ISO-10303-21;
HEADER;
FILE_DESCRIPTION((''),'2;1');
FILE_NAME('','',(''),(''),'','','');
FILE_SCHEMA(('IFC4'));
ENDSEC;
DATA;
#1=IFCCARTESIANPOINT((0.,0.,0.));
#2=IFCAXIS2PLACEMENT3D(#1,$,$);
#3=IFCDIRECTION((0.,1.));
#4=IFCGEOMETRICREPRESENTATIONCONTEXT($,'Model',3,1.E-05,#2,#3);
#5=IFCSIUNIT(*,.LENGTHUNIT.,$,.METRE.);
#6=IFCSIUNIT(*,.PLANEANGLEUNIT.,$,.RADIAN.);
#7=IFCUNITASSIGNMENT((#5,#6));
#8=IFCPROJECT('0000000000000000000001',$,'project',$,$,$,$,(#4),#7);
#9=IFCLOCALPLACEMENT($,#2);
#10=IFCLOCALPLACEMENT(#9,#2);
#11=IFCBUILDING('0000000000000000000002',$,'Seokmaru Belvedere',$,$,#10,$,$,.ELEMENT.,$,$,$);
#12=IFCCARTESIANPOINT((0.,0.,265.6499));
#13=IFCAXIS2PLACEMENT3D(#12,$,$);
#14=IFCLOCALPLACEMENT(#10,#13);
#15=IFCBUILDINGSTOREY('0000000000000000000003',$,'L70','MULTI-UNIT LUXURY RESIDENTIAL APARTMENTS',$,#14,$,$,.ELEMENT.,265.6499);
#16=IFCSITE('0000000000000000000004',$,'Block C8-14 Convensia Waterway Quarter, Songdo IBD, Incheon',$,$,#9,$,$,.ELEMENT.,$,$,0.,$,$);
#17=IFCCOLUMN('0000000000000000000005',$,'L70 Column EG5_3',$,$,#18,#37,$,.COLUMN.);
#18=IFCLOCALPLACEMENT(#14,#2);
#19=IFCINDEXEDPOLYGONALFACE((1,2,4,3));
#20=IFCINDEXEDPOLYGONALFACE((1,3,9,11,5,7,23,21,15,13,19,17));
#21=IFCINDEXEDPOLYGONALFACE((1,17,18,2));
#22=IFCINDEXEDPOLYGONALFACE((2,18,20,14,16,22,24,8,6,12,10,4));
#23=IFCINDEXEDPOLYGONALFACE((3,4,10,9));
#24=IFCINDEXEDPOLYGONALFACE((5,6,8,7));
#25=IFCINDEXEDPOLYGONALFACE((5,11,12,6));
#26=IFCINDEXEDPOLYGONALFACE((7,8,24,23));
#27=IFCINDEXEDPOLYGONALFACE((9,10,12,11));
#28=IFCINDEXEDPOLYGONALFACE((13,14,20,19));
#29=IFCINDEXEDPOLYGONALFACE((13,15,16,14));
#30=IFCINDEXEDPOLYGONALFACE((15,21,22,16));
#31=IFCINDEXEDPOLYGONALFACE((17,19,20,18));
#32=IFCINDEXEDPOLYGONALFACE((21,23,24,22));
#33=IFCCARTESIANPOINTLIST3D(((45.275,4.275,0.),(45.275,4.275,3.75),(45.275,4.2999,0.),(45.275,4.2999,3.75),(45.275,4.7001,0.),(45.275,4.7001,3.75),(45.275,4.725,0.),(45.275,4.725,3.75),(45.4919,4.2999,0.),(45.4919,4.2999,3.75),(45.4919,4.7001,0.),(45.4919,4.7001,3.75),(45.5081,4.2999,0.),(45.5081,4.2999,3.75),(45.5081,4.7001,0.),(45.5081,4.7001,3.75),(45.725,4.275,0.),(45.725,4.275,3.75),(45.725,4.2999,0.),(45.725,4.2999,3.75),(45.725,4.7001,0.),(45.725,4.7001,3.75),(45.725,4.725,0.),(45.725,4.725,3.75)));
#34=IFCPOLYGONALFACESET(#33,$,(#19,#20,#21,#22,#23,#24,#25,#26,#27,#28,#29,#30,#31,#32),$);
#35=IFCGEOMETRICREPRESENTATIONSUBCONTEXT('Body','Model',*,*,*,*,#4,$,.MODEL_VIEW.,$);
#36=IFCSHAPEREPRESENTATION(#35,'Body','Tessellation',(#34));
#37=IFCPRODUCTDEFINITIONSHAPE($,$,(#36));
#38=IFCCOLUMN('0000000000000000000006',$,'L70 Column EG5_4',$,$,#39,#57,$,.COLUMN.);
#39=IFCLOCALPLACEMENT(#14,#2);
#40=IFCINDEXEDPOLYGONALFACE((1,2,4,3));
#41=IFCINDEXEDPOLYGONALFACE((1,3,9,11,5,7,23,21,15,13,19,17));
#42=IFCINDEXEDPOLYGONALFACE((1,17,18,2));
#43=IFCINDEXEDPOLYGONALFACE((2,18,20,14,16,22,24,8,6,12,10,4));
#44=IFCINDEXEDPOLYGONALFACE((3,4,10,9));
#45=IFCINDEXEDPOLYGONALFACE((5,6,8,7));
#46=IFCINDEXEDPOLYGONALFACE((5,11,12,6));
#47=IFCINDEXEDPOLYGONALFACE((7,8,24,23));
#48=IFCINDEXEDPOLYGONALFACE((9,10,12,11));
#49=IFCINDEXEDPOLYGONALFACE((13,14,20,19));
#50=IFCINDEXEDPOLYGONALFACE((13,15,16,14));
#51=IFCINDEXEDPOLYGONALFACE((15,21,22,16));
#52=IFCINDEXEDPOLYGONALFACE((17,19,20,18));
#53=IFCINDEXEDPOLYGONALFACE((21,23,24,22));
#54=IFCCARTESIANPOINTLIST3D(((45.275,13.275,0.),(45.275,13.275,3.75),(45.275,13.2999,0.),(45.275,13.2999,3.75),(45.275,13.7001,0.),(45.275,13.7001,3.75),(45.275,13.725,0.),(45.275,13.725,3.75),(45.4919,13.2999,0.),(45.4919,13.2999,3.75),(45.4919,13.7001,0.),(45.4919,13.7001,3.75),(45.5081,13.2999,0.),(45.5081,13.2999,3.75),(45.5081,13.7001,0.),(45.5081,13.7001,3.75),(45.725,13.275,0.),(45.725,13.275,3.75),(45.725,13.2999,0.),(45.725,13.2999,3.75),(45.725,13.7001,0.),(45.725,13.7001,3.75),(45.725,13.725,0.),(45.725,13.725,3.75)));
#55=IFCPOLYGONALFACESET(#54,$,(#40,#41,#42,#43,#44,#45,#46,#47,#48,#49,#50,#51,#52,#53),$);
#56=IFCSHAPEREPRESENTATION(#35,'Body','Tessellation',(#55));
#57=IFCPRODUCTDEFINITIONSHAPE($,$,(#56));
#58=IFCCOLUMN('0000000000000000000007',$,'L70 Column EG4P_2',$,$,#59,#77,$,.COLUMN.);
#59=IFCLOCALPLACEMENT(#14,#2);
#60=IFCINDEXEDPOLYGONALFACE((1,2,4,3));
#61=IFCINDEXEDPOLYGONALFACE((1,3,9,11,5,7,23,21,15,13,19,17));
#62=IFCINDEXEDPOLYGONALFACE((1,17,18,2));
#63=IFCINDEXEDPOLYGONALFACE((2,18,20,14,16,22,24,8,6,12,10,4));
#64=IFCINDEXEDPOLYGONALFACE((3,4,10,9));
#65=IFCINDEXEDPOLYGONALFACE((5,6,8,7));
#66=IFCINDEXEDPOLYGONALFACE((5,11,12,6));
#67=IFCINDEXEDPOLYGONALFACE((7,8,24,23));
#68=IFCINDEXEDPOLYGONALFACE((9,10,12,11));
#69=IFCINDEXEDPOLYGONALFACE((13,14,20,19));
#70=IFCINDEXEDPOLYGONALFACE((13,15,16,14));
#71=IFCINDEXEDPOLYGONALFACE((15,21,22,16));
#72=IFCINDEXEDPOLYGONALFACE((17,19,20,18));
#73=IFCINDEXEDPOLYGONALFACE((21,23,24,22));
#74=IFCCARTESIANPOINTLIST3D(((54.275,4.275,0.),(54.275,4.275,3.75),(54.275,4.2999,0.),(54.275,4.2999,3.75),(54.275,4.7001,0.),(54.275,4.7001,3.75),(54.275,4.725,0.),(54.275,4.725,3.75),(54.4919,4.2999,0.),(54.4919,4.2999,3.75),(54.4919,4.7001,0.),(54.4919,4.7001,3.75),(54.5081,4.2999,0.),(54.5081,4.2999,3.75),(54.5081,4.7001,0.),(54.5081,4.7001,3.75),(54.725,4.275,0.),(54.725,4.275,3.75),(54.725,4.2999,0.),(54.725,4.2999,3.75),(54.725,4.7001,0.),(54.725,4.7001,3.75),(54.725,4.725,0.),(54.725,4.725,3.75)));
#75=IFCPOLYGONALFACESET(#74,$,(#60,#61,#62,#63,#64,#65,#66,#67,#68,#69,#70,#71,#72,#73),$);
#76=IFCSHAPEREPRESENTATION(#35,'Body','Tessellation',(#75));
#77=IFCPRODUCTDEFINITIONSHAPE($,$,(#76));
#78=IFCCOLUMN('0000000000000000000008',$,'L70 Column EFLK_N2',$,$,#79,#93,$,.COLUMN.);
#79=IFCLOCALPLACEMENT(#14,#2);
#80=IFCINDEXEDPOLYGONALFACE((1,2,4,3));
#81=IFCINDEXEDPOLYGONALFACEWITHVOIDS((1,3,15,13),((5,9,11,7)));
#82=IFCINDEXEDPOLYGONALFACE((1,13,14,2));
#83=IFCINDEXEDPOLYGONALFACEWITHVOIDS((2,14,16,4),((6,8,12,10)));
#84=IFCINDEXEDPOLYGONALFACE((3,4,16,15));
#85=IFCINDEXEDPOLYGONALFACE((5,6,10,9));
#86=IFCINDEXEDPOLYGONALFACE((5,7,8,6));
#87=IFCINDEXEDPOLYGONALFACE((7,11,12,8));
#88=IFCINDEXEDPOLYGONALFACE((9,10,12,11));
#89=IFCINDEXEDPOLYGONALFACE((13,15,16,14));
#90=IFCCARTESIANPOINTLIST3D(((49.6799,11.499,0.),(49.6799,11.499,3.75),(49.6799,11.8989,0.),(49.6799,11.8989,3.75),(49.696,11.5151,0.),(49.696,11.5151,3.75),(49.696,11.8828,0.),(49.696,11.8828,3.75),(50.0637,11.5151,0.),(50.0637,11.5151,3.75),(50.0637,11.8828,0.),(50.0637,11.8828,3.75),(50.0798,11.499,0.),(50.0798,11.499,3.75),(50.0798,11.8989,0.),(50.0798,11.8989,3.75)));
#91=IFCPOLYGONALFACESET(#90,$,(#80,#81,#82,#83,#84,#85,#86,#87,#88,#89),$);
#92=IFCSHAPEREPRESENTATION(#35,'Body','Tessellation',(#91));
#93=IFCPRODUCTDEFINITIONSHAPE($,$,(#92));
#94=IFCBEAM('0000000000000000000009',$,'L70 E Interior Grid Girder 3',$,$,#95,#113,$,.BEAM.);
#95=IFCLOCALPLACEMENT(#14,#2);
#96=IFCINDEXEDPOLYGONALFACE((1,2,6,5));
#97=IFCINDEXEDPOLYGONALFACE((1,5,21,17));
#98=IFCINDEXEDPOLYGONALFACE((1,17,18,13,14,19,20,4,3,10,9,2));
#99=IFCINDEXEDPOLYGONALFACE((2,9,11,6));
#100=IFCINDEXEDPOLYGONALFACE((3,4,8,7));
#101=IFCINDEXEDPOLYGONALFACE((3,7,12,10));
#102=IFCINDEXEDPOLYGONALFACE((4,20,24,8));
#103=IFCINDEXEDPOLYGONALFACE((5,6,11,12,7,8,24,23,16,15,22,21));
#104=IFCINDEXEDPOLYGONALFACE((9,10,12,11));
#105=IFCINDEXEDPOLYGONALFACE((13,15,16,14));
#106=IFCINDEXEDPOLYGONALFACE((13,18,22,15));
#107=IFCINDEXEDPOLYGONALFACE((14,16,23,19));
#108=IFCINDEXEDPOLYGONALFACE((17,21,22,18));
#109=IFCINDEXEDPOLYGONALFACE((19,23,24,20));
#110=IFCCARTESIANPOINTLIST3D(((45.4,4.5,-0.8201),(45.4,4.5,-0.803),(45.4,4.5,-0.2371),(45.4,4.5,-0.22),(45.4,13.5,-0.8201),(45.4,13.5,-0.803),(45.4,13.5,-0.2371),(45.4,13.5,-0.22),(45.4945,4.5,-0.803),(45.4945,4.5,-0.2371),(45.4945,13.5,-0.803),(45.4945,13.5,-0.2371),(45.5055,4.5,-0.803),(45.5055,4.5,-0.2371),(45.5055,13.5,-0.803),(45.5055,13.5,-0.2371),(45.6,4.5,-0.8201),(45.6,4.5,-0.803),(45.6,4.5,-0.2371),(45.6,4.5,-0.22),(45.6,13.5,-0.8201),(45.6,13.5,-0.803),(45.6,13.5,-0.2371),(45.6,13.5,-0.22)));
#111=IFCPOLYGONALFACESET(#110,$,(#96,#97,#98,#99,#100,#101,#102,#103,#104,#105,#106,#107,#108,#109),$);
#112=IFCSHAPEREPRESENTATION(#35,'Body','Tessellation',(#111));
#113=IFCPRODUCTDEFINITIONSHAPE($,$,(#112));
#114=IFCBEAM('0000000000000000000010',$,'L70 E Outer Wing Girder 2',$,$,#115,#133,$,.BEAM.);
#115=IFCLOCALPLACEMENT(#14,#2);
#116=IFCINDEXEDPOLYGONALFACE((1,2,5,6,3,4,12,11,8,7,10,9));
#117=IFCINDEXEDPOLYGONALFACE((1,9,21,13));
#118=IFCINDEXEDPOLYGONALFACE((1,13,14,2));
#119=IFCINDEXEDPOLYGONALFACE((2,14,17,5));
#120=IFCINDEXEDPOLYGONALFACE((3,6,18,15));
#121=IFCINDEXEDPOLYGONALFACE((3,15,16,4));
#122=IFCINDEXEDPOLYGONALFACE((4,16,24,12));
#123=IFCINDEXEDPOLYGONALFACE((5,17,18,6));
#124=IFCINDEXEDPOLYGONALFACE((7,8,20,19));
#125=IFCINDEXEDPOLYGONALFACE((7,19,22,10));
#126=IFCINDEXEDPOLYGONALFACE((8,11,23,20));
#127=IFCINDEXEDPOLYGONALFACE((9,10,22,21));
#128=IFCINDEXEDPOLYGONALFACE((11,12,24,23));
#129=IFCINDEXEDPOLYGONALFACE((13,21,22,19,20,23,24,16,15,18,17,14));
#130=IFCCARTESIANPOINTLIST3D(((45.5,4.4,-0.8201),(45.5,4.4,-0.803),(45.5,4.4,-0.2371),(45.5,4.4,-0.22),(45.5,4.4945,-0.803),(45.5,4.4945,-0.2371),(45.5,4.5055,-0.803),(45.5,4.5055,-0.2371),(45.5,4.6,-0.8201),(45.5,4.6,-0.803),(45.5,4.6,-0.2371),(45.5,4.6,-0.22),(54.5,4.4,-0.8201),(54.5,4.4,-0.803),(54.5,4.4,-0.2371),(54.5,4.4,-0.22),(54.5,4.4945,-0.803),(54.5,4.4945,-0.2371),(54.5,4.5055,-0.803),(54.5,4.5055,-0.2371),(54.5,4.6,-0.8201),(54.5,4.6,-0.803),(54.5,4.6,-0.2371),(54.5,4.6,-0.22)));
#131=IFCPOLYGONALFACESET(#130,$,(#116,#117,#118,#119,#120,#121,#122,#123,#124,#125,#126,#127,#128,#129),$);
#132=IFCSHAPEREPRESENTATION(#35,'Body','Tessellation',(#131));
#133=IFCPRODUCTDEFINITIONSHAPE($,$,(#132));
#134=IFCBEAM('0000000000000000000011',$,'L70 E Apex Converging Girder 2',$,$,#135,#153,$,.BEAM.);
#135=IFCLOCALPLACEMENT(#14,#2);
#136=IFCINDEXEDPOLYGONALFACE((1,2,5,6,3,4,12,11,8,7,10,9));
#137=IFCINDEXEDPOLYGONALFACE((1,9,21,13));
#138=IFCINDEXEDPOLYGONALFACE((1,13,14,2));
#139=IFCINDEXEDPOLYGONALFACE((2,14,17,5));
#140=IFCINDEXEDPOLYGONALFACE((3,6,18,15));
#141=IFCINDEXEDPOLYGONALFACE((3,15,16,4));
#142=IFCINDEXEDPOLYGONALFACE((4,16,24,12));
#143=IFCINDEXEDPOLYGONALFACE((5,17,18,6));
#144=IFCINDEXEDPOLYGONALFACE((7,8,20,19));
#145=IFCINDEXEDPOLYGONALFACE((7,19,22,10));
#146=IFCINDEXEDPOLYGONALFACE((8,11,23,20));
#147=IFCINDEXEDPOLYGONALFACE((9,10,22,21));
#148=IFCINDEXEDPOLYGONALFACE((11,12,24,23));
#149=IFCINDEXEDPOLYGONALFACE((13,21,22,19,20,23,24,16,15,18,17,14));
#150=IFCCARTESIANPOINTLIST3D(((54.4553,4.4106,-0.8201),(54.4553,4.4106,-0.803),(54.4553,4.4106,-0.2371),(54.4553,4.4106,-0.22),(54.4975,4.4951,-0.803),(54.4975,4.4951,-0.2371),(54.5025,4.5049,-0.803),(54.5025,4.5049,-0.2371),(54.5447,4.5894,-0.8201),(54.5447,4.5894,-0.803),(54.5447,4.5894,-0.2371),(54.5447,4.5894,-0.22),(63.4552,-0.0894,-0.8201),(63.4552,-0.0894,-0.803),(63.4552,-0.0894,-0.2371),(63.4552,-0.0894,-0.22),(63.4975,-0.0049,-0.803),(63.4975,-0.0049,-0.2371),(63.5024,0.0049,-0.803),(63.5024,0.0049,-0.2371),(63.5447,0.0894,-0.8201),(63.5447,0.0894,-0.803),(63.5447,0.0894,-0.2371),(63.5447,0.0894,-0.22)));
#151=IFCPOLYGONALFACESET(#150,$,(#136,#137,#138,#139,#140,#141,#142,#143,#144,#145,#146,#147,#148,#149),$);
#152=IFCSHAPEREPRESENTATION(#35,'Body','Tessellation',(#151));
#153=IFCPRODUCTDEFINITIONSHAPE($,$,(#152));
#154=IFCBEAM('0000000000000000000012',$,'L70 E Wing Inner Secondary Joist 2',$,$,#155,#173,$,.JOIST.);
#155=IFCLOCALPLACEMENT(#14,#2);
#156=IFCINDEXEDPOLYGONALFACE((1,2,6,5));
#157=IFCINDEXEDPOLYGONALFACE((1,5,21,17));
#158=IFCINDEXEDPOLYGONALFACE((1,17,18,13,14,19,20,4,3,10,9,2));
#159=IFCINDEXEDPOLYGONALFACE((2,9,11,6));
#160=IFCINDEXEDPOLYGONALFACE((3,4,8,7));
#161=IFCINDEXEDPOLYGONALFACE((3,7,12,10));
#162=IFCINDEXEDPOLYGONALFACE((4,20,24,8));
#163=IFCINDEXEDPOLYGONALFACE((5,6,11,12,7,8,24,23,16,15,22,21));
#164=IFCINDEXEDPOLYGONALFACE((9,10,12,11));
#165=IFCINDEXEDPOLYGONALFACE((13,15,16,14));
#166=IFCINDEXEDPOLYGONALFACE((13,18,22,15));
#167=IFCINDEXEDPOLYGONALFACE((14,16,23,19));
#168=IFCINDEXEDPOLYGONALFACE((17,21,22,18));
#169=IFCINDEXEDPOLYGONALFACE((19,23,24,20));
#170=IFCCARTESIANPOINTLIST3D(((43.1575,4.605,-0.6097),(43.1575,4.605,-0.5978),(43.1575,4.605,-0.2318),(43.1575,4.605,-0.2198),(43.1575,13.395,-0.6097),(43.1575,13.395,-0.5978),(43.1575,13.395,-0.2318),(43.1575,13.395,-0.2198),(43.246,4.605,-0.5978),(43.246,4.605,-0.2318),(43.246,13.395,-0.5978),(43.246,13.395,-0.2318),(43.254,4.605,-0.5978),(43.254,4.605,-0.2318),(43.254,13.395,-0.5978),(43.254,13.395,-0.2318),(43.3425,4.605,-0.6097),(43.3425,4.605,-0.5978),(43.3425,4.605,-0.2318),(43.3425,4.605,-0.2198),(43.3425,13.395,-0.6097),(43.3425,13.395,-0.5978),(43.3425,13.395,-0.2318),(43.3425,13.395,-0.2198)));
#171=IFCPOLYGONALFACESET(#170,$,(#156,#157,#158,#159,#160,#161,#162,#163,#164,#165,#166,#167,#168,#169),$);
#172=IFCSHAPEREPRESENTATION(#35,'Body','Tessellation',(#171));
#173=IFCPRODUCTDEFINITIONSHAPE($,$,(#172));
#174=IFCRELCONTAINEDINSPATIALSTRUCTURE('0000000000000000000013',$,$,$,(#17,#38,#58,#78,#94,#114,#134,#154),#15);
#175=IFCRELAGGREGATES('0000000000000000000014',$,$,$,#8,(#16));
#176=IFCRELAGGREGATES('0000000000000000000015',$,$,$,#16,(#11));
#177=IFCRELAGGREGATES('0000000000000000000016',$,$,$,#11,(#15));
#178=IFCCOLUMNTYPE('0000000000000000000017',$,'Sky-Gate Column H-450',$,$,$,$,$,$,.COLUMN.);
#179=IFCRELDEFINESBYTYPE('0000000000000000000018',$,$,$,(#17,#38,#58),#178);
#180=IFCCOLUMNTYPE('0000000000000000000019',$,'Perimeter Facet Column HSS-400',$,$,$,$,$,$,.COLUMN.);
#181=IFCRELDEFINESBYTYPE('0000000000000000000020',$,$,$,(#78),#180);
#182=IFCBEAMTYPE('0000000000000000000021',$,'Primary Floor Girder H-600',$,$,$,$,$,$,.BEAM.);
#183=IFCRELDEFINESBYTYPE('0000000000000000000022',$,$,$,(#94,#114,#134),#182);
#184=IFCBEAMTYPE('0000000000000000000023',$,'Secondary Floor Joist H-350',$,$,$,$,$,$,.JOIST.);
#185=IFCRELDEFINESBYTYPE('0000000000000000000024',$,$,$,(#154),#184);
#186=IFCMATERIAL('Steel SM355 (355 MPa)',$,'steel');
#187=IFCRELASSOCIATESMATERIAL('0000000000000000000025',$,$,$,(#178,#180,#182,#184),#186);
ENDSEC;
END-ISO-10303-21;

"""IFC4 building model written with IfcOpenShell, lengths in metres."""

from ifc_helpers import new_model, si_unit, direction, frame, origin, origin_2d, place, context, subcontext, project, spatial, hollow_rectangle, i_section, extrude, source, transform, mapped, material, material_profile, profile_set, type_object, type_shapes, element, save


model = new_model("IFC4")

# Units and contexts
model_context = context("Model", 3, precision=1e-05, world=origin(), true_north=direction((0.0, 1.0)))
body_context = subcontext(model_context, "Body", "Model", "MODEL_VIEW")
ifc_project = project(units=[si_unit("LENGTHUNIT", "METRE"), si_unit("PLANEANGLEUNIT", "RADIAN")], contexts=[model_context])

# Site, building, storey
site_placement = place(None, origin())
site = spatial("IfcSite", under=ifc_project, at=site_placement, Name="Block C8-14 Convensia Waterway Quarter, Songdo IBD, Incheon", CompositionType="ELEMENT", RefElevation=0.0)
building_placement = place(site_placement, origin())
building = spatial("IfcBuilding", under=site, at=building_placement, Name="Seokmaru Belvedere", CompositionType="ELEMENT")
storey_placement = place(building_placement, frame((0.0, 0.0, 265.6499)))
storey = spatial("IfcBuildingStorey", under=building, at=storey_placement, Name="L70", Description="MULTI-UNIT LUXURY RESIDENTIAL APARTMENTS", CompositionType="ELEMENT", Elevation=265.6499)

# Columns
ifc_material_1 = material(Name="Steel SM355 (355 MPa)", Category="steel")
ifc_material_profile_1 = material_profile(ifc_material_1, i_section(OverallWidth=0.45, OverallDepth=0.45, WebThickness=0.0161, FlangeThickness=0.0249, at=origin_2d()), Name="H-450x450x16x25")
ifc_profile_set_1 = profile_set([ifc_material_profile_1], Name="Steel SM355 (355 MPa)")
column_type_1 = type_object("IfcColumnType", Name="Sky-Gate Column H-450", PredefinedType="COLUMN", material=ifc_profile_set_1)
shared_shape_1 = source(origin(), body_context, "Body", "SweptSolid", [
    extrude(i_section(OverallWidth=0.45, OverallDepth=0.45, WebThickness=0.0161, FlangeThickness=0.0249, at=origin_2d()), origin(), (0.0, 0.0, 1.0), 3.75),
])
type_shapes(column_type_1, [shared_shape_1])
for number, where, z_axis, x_axis, name in (
    (1, (45.5, 4.5, 0.0), (0.0, 0.0, 1.0), (1.0, 0.0, 0.0), "L70 Column EG5_3"),
    (2, (45.5, 13.5, 0.0), (0.0, 0.0, 1.0), (1.0, 0.0, 0.0), "L70 Column EG5_4"),
    (3, (54.5, 4.5, 0.0), (0.0, 0.0, 1.0), (1.0, 0.0, 0.0), "L70 Column EG4P_2"),
):
    element("IfcColumn", number, at=place(storey_placement, frame(where, z_axis=z_axis, x_axis=x_axis)), inside=storey, type_object=column_type_1, Name=name, PredefinedType="COLUMN", context=body_context, shape_type="MappedRepresentation", body=[
        mapped(shared_shape_1, transform((0.0, 0.0, 0.0), scale=1.0)),
    ])
ifc_material_profile_2 = material_profile(ifc_material_1, hollow_rectangle(XDim=0.3999, YDim=0.3999, WallThickness=0.0161, at=origin_2d()), Name="HSS-400x400x16")
ifc_profile_set_2 = profile_set([ifc_material_profile_2], Name="Steel SM355 (355 MPa)")
column_type_2 = type_object("IfcColumnType", Name="Perimeter Facet Column HSS-400", PredefinedType="COLUMN", material=ifc_profile_set_2)
shared_shape_2 = source(origin(), body_context, "Body", "SweptSolid", [
    extrude(hollow_rectangle(XDim=0.3999, YDim=0.3999, WallThickness=0.0161, at=origin_2d()), origin(), (0.0, 0.0, 1.0), 3.75),
])
type_shapes(column_type_2, [shared_shape_2])
column_placement = place(storey_placement, frame((49.8799, 11.699, 0.0), z_axis=(0.0, 0.0, 1.0), x_axis=(1.0, 0.0, 0.0)))
element("IfcColumn", 4, at=column_placement, inside=storey, type_object=column_type_2, Name="L70 Column EFLK_N2", PredefinedType="COLUMN", context=body_context, shape_type="MappedRepresentation", body=[
    mapped(shared_shape_2, transform((0.0, 0.0, 0.0), scale=1.0)),
])

# Beams
ifc_material_profile_3 = material_profile(ifc_material_1, i_section(OverallWidth=0.2, OverallDepth=0.6001, WebThickness=0.011, FlangeThickness=0.0171, at=origin_2d()), Name="H-600x200x11x17")
ifc_profile_set_3 = profile_set([ifc_material_profile_3], Name="Steel SM355 (355 MPa)")
beam_type_1 = type_object("IfcBeamType", Name="Primary Floor Girder H-600", PredefinedType="BEAM", material=ifc_profile_set_3)
shared_shape_3 = source(origin(), body_context, "Body", "SweptSolid", [
    extrude(i_section(OverallWidth=0.2, OverallDepth=0.6001, WebThickness=0.011, FlangeThickness=0.0171, at=origin_2d()), origin(), (0.0, 0.0, 1.0), 9.0),
])
for number, where, z_axis, x_axis, name in (
    (5, (45.5, 4.5, -0.52), (0.0, 1.0, 0.0), (-1.0, 0.0, 0.0), "L70 E Interior Grid Girder 3"),
    (6, (45.5, 4.5, -0.52), (1.0, 0.0, 0.0), (0.0, 1.0, 0.0), "L70 E Outer Wing Girder 2"),
):
    element("IfcBeam", number, at=place(storey_placement, frame(where, z_axis=z_axis, x_axis=x_axis)), inside=storey, type_object=beam_type_1, Name=name, PredefinedType="BEAM", context=body_context, shape_type="MappedRepresentation", body=[
        mapped(shared_shape_3, transform((0.0, 0.0, 0.0), scale=1.0)),
    ])
shared_shape_4 = source(origin(), body_context, "Body", "SweptSolid", [
    extrude(i_section(OverallWidth=0.2, OverallDepth=0.6001, WebThickness=0.011, FlangeThickness=0.0171, at=origin_2d()), origin(), (0.0, 0.0, 1.0), 10.0623),
])
beam_1_placement = place(storey_placement, frame((54.5, 4.5, -0.52), z_axis=(0.894427, -0.447214, 0.0), x_axis=(0.447214, 0.894427, 0.0)))
element("IfcBeam", 7, at=beam_1_placement, inside=storey, type_object=beam_type_1, Name="L70 E Apex Converging Girder 2", PredefinedType="BEAM", context=body_context, shape_type="MappedRepresentation", body=[
    mapped(shared_shape_4, transform((0.0, 0.0, 0.0), scale=1.0)),
])
ifc_material_profile_4 = material_profile(ifc_material_1, i_section(OverallWidth=0.1851, OverallDepth=0.3899, WebThickness=0.0081, FlangeThickness=0.012, at=origin_2d()), Name="H-390x185x8x12")
ifc_profile_set_4 = profile_set([ifc_material_profile_4], Name="Steel SM355 (355 MPa)")
beam_type_2 = type_object("IfcBeamType", Name="Secondary Floor Joist H-350", PredefinedType="JOIST", material=ifc_profile_set_4)
shared_shape_5 = source(origin(), body_context, "Body", "SweptSolid", [
    extrude(i_section(OverallWidth=0.1851, OverallDepth=0.3899, WebThickness=0.0081, FlangeThickness=0.012, at=origin_2d()), origin(), (0.0, 0.0, 1.0), 8.79),
])
type_shapes(beam_type_2, [shared_shape_5])
beam_2_placement = place(storey_placement, frame((43.25, 4.605, -0.4148), z_axis=(0.0, 1.0, 0.0), x_axis=(-1.0, 0.0, 0.0)))
element("IfcBeam", 8, at=beam_2_placement, inside=storey, type_object=beam_type_2, Name="L70 E Wing Inner Secondary Joist 2", PredefinedType="JOIST", context=body_context, shape_type="MappedRepresentation", body=[
    mapped(shared_shape_5, transform((0.0, 0.0, 0.0), scale=1.0)),
])

save(model, "model.ifc")
